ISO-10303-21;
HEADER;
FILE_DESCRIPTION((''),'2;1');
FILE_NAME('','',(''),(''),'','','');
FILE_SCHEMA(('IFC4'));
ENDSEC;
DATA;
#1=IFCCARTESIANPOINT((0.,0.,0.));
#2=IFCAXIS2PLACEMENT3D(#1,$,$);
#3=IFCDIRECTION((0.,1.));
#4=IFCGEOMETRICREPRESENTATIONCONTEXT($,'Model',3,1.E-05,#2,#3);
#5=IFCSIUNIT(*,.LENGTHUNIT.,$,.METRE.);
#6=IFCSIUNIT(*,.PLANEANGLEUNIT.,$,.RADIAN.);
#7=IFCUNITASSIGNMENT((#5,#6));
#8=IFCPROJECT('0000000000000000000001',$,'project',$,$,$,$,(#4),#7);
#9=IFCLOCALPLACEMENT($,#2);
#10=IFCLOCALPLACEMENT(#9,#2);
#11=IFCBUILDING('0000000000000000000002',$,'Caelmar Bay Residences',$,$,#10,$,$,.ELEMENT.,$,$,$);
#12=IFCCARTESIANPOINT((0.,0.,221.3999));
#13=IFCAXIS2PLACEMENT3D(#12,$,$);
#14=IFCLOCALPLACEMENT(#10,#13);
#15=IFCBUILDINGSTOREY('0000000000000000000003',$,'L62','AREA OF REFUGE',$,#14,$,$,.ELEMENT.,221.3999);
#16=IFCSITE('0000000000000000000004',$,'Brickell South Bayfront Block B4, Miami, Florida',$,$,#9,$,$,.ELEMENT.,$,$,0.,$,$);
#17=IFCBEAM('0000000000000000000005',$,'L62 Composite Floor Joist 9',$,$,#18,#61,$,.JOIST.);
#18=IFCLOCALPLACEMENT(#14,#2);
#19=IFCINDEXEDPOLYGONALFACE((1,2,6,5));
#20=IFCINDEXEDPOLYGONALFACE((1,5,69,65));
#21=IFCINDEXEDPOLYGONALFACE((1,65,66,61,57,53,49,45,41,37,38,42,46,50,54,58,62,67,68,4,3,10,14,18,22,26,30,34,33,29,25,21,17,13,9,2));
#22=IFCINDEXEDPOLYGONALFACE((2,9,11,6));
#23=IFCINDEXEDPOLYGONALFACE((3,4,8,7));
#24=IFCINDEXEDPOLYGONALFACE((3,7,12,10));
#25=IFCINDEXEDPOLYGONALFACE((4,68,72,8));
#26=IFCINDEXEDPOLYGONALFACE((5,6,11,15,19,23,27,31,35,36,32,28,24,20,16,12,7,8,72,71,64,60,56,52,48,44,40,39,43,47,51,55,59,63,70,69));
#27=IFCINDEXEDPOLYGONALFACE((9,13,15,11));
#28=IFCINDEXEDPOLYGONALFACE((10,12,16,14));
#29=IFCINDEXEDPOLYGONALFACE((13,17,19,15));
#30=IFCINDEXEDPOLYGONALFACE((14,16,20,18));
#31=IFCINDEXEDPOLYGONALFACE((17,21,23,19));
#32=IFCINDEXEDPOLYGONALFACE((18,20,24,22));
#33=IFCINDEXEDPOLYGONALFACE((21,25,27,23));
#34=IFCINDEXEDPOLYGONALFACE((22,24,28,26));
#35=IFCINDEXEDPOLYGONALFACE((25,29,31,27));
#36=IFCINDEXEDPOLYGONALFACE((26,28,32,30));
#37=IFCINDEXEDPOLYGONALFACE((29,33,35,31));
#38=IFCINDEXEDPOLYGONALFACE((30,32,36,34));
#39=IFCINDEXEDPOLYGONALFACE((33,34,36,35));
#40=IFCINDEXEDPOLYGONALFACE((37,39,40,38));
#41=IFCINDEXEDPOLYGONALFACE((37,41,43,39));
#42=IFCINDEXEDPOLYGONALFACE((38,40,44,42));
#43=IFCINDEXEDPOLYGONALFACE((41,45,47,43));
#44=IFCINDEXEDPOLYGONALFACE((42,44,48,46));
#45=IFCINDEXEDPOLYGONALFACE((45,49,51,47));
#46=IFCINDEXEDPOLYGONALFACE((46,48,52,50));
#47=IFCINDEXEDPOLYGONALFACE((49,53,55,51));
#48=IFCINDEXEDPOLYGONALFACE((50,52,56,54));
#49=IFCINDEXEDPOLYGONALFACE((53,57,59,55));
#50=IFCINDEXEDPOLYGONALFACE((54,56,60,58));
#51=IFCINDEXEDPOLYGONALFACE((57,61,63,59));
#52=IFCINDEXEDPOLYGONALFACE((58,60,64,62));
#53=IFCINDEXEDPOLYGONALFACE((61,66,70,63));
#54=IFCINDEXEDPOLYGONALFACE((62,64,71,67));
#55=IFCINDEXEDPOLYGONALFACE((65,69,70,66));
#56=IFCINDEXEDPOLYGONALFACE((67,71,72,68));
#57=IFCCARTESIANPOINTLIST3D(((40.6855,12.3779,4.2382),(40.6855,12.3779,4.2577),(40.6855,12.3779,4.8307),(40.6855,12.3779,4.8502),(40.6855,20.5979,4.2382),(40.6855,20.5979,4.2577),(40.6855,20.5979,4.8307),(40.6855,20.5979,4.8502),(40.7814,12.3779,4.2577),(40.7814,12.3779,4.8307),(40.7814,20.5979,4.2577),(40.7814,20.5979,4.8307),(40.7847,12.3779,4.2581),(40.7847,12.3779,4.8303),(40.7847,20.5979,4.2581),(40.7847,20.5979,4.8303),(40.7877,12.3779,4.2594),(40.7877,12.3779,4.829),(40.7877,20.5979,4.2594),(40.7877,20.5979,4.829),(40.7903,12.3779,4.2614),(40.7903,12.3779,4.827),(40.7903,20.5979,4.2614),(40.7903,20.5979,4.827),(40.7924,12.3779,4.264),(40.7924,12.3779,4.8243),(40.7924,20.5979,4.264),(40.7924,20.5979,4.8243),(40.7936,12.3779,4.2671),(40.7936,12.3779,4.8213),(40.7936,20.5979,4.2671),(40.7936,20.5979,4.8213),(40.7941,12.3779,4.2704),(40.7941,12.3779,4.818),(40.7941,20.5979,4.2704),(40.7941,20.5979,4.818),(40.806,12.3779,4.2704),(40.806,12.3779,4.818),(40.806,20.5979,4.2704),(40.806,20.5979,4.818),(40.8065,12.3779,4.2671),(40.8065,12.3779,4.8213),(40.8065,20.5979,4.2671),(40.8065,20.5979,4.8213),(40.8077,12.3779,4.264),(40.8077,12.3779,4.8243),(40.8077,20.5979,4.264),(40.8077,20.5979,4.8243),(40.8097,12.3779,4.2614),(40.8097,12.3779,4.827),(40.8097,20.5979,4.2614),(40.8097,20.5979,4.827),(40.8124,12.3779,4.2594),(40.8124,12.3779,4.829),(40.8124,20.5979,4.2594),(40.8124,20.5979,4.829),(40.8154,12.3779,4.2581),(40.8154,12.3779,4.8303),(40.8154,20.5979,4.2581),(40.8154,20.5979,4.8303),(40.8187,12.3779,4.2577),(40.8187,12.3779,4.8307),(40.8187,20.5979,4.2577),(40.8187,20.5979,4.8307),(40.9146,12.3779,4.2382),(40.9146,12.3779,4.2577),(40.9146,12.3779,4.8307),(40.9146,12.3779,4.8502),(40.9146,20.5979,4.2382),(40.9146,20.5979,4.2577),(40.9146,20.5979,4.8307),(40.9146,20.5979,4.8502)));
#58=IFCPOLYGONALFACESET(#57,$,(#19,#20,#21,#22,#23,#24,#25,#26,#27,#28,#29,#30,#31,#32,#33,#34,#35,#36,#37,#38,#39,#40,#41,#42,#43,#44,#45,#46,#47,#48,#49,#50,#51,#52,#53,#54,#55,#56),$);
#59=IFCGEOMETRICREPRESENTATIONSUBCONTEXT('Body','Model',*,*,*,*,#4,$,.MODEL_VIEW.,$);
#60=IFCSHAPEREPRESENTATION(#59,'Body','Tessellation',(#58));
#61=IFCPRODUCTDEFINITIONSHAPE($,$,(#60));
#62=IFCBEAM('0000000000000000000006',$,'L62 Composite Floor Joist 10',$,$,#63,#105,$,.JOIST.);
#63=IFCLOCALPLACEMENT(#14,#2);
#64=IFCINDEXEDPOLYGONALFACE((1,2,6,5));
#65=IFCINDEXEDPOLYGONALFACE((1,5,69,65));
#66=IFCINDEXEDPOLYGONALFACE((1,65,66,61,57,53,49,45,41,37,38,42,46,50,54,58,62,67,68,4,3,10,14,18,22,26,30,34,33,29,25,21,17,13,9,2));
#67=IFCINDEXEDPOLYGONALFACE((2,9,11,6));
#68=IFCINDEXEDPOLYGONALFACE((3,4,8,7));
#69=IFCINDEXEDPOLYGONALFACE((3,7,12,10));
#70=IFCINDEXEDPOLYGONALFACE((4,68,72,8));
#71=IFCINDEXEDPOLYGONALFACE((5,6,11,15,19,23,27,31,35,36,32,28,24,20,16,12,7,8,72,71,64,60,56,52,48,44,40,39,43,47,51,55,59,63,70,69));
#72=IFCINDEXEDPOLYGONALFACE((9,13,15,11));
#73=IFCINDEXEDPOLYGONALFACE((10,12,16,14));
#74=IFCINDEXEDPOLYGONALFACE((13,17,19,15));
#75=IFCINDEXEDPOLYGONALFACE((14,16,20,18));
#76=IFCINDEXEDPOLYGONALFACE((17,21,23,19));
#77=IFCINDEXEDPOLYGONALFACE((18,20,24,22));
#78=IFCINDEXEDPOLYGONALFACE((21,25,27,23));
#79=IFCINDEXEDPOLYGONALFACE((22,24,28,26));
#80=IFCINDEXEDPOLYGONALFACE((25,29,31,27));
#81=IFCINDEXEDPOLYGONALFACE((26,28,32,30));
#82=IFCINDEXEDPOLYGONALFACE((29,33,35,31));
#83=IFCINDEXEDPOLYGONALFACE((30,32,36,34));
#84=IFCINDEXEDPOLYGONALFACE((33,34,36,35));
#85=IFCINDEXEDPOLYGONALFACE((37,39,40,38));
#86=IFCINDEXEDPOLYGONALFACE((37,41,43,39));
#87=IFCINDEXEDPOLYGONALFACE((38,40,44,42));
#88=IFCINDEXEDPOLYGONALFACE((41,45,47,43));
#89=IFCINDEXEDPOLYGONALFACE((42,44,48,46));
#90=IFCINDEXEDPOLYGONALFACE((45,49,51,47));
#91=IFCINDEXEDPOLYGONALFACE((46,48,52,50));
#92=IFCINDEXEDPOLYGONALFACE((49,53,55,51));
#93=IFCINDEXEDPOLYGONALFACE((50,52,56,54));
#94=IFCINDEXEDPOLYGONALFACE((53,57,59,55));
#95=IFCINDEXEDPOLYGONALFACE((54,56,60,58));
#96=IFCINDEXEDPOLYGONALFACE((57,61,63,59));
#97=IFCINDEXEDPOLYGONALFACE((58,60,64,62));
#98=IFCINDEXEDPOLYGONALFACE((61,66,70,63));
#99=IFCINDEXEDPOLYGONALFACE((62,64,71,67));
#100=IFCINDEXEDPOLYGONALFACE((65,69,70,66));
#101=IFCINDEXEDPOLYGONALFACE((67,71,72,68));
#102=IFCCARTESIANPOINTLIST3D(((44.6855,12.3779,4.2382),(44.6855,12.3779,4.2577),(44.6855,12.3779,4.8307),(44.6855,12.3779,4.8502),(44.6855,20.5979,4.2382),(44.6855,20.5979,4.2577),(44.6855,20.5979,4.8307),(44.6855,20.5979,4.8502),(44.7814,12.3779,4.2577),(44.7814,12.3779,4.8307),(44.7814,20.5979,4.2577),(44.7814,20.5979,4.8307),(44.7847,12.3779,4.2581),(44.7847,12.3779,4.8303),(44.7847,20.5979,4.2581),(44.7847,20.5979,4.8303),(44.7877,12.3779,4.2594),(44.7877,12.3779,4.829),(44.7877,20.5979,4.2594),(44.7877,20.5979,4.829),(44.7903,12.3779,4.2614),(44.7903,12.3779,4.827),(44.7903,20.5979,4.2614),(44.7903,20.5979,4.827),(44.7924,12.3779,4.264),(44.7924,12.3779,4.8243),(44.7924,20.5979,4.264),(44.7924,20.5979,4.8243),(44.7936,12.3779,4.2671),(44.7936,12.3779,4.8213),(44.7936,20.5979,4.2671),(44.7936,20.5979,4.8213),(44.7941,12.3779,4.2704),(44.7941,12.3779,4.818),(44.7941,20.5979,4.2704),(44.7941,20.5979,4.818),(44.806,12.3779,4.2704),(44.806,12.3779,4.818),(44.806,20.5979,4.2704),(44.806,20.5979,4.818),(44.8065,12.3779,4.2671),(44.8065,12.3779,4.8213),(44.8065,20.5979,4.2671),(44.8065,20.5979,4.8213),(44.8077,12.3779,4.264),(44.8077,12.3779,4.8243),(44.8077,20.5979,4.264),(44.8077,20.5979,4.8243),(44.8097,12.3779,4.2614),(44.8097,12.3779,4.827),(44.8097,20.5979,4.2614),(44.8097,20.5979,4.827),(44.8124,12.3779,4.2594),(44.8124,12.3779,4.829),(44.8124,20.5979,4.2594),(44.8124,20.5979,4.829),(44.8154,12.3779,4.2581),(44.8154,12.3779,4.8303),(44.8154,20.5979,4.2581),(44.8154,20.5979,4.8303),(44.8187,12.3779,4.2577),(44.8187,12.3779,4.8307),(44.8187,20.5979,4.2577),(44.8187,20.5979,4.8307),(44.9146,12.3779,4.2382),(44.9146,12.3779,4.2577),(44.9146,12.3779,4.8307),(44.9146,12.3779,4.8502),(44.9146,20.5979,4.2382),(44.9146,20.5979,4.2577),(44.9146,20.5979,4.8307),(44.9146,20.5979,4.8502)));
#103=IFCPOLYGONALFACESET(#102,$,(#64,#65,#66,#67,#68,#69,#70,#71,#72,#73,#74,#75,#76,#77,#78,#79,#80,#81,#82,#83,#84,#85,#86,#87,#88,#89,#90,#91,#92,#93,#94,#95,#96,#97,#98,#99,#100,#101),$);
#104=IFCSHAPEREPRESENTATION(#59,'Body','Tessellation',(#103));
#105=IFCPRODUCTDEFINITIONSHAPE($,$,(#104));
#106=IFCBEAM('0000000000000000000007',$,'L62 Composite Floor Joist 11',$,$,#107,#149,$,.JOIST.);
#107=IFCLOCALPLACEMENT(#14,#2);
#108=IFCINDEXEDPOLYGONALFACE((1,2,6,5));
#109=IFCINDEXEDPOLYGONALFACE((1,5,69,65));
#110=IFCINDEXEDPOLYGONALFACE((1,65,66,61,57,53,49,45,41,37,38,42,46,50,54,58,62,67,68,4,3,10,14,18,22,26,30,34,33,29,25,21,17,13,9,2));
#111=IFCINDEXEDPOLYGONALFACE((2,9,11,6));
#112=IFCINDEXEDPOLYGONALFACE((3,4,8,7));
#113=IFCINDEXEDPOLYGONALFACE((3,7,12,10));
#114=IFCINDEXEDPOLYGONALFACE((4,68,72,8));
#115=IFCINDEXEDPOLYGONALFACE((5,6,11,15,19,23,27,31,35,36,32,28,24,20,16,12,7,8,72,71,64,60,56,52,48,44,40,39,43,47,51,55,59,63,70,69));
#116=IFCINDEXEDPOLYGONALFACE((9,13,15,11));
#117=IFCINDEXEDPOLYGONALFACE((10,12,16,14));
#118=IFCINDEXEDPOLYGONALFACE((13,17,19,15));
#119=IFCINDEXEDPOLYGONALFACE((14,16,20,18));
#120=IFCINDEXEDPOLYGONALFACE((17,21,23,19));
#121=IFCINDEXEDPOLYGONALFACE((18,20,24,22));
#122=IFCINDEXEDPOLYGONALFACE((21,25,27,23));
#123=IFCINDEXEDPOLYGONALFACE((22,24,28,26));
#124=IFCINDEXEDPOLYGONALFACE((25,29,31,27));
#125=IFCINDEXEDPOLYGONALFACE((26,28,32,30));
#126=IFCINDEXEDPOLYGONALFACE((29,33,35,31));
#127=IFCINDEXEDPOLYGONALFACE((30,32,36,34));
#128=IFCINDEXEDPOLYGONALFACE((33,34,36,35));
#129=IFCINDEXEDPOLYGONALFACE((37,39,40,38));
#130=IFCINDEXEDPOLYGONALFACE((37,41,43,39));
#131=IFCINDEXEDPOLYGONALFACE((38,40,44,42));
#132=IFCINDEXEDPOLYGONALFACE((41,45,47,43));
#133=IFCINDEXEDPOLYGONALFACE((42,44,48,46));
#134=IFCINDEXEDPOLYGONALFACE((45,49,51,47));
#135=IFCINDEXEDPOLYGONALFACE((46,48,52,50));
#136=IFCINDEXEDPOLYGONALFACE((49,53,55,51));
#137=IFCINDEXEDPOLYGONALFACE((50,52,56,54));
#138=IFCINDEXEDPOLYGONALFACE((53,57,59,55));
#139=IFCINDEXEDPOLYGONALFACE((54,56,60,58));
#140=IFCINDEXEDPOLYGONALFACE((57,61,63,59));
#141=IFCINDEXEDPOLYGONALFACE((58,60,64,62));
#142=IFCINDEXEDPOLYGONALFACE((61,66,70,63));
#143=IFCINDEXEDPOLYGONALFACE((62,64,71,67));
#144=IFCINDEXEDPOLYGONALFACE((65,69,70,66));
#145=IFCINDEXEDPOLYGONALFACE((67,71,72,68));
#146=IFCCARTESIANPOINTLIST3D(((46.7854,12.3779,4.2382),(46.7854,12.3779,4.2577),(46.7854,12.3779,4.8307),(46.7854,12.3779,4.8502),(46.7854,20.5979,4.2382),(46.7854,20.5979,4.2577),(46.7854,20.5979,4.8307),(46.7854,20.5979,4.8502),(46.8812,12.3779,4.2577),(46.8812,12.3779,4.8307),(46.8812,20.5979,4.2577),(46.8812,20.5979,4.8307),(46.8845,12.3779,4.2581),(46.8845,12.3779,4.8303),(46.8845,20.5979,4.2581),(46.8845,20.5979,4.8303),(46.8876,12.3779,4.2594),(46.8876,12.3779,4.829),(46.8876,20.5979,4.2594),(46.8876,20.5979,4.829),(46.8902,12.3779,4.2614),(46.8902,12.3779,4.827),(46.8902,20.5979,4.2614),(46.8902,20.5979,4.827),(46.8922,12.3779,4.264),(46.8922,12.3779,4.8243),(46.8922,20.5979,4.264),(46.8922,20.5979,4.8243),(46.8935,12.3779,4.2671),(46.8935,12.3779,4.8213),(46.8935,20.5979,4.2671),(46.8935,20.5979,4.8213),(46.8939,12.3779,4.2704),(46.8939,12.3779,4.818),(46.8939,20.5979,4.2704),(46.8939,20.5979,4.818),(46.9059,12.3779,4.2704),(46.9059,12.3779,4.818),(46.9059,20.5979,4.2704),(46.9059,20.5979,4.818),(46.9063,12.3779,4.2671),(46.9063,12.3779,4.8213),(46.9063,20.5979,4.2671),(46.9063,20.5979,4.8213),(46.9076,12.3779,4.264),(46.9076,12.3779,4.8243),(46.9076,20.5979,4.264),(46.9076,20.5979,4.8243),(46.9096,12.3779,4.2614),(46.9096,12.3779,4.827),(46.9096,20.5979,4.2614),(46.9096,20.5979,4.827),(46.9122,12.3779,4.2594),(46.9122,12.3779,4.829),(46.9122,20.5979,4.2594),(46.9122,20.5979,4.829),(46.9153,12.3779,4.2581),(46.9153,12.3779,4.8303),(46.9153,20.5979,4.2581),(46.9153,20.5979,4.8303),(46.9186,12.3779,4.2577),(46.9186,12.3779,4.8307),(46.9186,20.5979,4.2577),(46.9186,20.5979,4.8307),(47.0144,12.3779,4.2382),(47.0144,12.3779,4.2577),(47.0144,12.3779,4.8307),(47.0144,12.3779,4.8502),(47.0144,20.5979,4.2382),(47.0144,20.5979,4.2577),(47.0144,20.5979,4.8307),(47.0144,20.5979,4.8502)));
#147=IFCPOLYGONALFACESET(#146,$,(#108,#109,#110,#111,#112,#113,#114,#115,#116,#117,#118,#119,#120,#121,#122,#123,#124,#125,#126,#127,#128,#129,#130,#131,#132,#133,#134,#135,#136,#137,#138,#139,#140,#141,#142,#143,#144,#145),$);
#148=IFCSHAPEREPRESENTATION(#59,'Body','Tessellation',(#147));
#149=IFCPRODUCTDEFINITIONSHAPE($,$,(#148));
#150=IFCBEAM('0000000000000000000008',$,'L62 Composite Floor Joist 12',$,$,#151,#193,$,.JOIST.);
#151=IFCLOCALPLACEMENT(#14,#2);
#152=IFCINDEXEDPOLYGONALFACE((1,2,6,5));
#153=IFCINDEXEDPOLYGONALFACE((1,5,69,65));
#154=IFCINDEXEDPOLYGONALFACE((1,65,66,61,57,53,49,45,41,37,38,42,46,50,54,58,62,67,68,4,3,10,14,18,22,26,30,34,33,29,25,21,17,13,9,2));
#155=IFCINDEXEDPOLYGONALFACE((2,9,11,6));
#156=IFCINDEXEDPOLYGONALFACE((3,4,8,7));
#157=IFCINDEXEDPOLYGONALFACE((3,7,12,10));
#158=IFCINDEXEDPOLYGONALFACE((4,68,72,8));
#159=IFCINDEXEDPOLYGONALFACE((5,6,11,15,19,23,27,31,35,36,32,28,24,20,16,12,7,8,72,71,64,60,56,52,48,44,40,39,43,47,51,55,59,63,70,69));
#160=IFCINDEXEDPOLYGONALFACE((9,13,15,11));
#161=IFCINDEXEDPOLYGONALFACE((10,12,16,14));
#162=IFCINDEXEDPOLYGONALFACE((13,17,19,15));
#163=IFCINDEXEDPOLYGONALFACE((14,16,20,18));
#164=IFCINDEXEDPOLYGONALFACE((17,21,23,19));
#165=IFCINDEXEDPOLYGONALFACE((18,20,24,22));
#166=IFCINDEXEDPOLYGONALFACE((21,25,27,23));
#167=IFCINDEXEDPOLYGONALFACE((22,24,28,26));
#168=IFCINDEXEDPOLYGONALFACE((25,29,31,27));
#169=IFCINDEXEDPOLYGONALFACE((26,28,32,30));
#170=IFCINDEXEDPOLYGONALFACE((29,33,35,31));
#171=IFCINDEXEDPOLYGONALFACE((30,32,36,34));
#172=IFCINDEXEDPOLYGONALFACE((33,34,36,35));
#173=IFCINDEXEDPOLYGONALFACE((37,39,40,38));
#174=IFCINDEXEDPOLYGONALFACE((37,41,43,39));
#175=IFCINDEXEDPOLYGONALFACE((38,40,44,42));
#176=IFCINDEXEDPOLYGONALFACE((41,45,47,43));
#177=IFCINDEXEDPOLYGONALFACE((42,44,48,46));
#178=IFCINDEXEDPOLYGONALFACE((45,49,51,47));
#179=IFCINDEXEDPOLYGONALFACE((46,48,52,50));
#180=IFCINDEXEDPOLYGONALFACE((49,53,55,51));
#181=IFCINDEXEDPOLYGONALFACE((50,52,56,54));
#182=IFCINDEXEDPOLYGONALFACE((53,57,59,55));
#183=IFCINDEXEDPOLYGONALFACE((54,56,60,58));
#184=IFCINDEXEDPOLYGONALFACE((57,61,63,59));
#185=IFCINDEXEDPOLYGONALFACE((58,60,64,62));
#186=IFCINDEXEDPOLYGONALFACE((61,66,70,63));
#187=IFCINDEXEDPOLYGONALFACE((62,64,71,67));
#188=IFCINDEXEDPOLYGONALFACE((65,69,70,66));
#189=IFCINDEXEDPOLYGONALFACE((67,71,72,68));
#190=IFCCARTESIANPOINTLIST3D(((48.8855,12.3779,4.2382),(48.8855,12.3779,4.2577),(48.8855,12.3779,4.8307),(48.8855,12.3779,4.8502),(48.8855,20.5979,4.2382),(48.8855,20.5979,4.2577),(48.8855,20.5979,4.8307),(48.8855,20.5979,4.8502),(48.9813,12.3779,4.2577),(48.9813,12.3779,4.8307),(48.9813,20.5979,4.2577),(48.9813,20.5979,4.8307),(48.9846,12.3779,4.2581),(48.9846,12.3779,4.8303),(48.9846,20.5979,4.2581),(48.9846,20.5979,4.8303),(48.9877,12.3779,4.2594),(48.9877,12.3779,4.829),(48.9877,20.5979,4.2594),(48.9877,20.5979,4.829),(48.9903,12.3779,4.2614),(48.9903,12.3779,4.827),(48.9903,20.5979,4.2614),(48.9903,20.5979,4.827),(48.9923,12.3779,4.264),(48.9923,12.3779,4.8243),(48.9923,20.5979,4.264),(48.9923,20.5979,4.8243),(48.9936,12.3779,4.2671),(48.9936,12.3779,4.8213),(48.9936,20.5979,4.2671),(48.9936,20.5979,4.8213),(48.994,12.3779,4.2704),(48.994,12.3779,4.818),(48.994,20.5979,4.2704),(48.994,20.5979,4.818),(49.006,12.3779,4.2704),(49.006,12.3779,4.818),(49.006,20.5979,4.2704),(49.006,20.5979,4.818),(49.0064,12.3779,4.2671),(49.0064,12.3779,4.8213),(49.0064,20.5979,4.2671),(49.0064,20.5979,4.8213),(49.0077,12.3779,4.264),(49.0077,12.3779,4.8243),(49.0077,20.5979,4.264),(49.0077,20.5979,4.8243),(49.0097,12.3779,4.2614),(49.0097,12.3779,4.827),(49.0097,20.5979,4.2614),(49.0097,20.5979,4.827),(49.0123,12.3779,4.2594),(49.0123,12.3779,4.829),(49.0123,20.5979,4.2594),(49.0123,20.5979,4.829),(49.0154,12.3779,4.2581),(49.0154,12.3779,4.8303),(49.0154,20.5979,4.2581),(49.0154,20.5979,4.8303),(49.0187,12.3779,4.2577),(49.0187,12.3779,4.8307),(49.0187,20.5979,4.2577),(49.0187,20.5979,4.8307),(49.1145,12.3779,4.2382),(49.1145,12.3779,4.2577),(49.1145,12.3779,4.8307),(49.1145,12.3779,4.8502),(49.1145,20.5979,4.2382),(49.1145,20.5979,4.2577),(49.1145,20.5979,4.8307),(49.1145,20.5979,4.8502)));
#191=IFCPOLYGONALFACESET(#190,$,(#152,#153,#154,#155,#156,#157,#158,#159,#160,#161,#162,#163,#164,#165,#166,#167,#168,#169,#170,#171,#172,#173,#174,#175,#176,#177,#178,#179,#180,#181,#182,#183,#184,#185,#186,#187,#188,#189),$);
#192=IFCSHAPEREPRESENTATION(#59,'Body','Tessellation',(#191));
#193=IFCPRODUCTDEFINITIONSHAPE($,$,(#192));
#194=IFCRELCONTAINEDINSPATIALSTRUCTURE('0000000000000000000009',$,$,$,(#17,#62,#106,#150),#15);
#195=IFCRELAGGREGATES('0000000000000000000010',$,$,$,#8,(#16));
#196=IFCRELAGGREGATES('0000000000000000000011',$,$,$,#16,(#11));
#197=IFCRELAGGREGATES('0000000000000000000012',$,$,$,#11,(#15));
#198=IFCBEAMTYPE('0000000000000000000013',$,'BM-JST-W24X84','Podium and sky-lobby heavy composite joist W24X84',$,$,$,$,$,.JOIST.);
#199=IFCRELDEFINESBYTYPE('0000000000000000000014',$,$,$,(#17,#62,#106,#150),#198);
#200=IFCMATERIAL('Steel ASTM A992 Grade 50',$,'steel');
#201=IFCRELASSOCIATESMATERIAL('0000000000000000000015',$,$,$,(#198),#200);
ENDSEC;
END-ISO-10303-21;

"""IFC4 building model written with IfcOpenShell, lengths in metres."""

from ifc_helpers import new_model, si_unit, direction, frame, origin, origin_2d, place, context, subcontext, project, spatial, i_section, extrude, material, material_profile, profile_set, type_object, element, save


model = new_model("IFC4")

# Units and contexts
model_context = context("Model", 3, precision=1e-05, world=origin(), true_north=direction((0.0, 1.0)))
body_context = subcontext(model_context, "Body", "Model", "MODEL_VIEW")
ifc_project = project(units=[si_unit("LENGTHUNIT", "METRE"), si_unit("PLANEANGLEUNIT", "RADIAN")], contexts=[model_context])

# Site, building, storey
site_placement = place(None, origin())
site = spatial("IfcSite", under=ifc_project, at=site_placement, Name="Brickell South Bayfront Block B4, Miami, Florida", CompositionType="ELEMENT", RefElevation=0.0)
building_placement = place(site_placement, origin())
building = spatial("IfcBuilding", under=site, at=building_placement, Name="Caelmar Bay Residences", CompositionType="ELEMENT")
storey_placement = place(building_placement, frame((0.0, 0.0, 221.3999)))
storey = spatial("IfcBuildingStorey", under=building, at=storey_placement, Name="L62", Description="AREA OF REFUGE", CompositionType="ELEMENT", Elevation=221.3999)

# Beams
ifc_material_1 = material(Name="Steel ASTM A992 Grade 50", Category="steel")
ifc_material_profile_1 = material_profile(ifc_material_1, i_section(OverallWidth=0.229, OverallDepth=0.6121, WebThickness=0.012, FlangeThickness=0.0195, FilletRadius=0.0127, at=origin_2d()), Name="W24X84")
ifc_profile_set_1 = profile_set([ifc_material_profile_1], Name="Steel ASTM A992 Grade 50")
beam_type_1 = type_object("IfcBeamType", Name="BM-JST-W24X84", Description="Podium and sky-lobby heavy composite joist W24X84", PredefinedType="JOIST", material=ifc_profile_set_1)
for number, where, z_axis, x_axis, name in (
    (1, (40.8, 12.3779, 4.5442), (0.0, 1.0, 0.0), (-1.0, 0.0, 0.0), "L62 Composite Floor Joist 9"),
    (2, (44.8, 12.3779, 4.5442), (0.0, 1.0, 0.0), (-1.0, 0.0, 0.0), "L62 Composite Floor Joist 10"),
    (3, (46.8999, 12.3779, 4.5442), (0.0, 1.0, 0.0), (-1.0, 0.0, 0.0), "L62 Composite Floor Joist 11"),
    (4, (49.0, 12.3779, 4.5442), (0.0, 1.0, 0.0), (-1.0, 0.0, 0.0), "L62 Composite Floor Joist 12"),
):
    element("IfcBeam", number, at=place(storey_placement, frame(where, z_axis=z_axis, x_axis=x_axis)), inside=storey, type_object=beam_type_1, Name=name, PredefinedType="JOIST", context=body_context, shape_type="SweptSolid", body=[
        extrude(i_section(OverallWidth=0.229, OverallDepth=0.6121, WebThickness=0.012, FlangeThickness=0.0195, FilletRadius=0.0127, at=origin_2d()), origin(), (0.0, 0.0, 1.0), 8.22),
    ])

save(model, "model.ifc")
